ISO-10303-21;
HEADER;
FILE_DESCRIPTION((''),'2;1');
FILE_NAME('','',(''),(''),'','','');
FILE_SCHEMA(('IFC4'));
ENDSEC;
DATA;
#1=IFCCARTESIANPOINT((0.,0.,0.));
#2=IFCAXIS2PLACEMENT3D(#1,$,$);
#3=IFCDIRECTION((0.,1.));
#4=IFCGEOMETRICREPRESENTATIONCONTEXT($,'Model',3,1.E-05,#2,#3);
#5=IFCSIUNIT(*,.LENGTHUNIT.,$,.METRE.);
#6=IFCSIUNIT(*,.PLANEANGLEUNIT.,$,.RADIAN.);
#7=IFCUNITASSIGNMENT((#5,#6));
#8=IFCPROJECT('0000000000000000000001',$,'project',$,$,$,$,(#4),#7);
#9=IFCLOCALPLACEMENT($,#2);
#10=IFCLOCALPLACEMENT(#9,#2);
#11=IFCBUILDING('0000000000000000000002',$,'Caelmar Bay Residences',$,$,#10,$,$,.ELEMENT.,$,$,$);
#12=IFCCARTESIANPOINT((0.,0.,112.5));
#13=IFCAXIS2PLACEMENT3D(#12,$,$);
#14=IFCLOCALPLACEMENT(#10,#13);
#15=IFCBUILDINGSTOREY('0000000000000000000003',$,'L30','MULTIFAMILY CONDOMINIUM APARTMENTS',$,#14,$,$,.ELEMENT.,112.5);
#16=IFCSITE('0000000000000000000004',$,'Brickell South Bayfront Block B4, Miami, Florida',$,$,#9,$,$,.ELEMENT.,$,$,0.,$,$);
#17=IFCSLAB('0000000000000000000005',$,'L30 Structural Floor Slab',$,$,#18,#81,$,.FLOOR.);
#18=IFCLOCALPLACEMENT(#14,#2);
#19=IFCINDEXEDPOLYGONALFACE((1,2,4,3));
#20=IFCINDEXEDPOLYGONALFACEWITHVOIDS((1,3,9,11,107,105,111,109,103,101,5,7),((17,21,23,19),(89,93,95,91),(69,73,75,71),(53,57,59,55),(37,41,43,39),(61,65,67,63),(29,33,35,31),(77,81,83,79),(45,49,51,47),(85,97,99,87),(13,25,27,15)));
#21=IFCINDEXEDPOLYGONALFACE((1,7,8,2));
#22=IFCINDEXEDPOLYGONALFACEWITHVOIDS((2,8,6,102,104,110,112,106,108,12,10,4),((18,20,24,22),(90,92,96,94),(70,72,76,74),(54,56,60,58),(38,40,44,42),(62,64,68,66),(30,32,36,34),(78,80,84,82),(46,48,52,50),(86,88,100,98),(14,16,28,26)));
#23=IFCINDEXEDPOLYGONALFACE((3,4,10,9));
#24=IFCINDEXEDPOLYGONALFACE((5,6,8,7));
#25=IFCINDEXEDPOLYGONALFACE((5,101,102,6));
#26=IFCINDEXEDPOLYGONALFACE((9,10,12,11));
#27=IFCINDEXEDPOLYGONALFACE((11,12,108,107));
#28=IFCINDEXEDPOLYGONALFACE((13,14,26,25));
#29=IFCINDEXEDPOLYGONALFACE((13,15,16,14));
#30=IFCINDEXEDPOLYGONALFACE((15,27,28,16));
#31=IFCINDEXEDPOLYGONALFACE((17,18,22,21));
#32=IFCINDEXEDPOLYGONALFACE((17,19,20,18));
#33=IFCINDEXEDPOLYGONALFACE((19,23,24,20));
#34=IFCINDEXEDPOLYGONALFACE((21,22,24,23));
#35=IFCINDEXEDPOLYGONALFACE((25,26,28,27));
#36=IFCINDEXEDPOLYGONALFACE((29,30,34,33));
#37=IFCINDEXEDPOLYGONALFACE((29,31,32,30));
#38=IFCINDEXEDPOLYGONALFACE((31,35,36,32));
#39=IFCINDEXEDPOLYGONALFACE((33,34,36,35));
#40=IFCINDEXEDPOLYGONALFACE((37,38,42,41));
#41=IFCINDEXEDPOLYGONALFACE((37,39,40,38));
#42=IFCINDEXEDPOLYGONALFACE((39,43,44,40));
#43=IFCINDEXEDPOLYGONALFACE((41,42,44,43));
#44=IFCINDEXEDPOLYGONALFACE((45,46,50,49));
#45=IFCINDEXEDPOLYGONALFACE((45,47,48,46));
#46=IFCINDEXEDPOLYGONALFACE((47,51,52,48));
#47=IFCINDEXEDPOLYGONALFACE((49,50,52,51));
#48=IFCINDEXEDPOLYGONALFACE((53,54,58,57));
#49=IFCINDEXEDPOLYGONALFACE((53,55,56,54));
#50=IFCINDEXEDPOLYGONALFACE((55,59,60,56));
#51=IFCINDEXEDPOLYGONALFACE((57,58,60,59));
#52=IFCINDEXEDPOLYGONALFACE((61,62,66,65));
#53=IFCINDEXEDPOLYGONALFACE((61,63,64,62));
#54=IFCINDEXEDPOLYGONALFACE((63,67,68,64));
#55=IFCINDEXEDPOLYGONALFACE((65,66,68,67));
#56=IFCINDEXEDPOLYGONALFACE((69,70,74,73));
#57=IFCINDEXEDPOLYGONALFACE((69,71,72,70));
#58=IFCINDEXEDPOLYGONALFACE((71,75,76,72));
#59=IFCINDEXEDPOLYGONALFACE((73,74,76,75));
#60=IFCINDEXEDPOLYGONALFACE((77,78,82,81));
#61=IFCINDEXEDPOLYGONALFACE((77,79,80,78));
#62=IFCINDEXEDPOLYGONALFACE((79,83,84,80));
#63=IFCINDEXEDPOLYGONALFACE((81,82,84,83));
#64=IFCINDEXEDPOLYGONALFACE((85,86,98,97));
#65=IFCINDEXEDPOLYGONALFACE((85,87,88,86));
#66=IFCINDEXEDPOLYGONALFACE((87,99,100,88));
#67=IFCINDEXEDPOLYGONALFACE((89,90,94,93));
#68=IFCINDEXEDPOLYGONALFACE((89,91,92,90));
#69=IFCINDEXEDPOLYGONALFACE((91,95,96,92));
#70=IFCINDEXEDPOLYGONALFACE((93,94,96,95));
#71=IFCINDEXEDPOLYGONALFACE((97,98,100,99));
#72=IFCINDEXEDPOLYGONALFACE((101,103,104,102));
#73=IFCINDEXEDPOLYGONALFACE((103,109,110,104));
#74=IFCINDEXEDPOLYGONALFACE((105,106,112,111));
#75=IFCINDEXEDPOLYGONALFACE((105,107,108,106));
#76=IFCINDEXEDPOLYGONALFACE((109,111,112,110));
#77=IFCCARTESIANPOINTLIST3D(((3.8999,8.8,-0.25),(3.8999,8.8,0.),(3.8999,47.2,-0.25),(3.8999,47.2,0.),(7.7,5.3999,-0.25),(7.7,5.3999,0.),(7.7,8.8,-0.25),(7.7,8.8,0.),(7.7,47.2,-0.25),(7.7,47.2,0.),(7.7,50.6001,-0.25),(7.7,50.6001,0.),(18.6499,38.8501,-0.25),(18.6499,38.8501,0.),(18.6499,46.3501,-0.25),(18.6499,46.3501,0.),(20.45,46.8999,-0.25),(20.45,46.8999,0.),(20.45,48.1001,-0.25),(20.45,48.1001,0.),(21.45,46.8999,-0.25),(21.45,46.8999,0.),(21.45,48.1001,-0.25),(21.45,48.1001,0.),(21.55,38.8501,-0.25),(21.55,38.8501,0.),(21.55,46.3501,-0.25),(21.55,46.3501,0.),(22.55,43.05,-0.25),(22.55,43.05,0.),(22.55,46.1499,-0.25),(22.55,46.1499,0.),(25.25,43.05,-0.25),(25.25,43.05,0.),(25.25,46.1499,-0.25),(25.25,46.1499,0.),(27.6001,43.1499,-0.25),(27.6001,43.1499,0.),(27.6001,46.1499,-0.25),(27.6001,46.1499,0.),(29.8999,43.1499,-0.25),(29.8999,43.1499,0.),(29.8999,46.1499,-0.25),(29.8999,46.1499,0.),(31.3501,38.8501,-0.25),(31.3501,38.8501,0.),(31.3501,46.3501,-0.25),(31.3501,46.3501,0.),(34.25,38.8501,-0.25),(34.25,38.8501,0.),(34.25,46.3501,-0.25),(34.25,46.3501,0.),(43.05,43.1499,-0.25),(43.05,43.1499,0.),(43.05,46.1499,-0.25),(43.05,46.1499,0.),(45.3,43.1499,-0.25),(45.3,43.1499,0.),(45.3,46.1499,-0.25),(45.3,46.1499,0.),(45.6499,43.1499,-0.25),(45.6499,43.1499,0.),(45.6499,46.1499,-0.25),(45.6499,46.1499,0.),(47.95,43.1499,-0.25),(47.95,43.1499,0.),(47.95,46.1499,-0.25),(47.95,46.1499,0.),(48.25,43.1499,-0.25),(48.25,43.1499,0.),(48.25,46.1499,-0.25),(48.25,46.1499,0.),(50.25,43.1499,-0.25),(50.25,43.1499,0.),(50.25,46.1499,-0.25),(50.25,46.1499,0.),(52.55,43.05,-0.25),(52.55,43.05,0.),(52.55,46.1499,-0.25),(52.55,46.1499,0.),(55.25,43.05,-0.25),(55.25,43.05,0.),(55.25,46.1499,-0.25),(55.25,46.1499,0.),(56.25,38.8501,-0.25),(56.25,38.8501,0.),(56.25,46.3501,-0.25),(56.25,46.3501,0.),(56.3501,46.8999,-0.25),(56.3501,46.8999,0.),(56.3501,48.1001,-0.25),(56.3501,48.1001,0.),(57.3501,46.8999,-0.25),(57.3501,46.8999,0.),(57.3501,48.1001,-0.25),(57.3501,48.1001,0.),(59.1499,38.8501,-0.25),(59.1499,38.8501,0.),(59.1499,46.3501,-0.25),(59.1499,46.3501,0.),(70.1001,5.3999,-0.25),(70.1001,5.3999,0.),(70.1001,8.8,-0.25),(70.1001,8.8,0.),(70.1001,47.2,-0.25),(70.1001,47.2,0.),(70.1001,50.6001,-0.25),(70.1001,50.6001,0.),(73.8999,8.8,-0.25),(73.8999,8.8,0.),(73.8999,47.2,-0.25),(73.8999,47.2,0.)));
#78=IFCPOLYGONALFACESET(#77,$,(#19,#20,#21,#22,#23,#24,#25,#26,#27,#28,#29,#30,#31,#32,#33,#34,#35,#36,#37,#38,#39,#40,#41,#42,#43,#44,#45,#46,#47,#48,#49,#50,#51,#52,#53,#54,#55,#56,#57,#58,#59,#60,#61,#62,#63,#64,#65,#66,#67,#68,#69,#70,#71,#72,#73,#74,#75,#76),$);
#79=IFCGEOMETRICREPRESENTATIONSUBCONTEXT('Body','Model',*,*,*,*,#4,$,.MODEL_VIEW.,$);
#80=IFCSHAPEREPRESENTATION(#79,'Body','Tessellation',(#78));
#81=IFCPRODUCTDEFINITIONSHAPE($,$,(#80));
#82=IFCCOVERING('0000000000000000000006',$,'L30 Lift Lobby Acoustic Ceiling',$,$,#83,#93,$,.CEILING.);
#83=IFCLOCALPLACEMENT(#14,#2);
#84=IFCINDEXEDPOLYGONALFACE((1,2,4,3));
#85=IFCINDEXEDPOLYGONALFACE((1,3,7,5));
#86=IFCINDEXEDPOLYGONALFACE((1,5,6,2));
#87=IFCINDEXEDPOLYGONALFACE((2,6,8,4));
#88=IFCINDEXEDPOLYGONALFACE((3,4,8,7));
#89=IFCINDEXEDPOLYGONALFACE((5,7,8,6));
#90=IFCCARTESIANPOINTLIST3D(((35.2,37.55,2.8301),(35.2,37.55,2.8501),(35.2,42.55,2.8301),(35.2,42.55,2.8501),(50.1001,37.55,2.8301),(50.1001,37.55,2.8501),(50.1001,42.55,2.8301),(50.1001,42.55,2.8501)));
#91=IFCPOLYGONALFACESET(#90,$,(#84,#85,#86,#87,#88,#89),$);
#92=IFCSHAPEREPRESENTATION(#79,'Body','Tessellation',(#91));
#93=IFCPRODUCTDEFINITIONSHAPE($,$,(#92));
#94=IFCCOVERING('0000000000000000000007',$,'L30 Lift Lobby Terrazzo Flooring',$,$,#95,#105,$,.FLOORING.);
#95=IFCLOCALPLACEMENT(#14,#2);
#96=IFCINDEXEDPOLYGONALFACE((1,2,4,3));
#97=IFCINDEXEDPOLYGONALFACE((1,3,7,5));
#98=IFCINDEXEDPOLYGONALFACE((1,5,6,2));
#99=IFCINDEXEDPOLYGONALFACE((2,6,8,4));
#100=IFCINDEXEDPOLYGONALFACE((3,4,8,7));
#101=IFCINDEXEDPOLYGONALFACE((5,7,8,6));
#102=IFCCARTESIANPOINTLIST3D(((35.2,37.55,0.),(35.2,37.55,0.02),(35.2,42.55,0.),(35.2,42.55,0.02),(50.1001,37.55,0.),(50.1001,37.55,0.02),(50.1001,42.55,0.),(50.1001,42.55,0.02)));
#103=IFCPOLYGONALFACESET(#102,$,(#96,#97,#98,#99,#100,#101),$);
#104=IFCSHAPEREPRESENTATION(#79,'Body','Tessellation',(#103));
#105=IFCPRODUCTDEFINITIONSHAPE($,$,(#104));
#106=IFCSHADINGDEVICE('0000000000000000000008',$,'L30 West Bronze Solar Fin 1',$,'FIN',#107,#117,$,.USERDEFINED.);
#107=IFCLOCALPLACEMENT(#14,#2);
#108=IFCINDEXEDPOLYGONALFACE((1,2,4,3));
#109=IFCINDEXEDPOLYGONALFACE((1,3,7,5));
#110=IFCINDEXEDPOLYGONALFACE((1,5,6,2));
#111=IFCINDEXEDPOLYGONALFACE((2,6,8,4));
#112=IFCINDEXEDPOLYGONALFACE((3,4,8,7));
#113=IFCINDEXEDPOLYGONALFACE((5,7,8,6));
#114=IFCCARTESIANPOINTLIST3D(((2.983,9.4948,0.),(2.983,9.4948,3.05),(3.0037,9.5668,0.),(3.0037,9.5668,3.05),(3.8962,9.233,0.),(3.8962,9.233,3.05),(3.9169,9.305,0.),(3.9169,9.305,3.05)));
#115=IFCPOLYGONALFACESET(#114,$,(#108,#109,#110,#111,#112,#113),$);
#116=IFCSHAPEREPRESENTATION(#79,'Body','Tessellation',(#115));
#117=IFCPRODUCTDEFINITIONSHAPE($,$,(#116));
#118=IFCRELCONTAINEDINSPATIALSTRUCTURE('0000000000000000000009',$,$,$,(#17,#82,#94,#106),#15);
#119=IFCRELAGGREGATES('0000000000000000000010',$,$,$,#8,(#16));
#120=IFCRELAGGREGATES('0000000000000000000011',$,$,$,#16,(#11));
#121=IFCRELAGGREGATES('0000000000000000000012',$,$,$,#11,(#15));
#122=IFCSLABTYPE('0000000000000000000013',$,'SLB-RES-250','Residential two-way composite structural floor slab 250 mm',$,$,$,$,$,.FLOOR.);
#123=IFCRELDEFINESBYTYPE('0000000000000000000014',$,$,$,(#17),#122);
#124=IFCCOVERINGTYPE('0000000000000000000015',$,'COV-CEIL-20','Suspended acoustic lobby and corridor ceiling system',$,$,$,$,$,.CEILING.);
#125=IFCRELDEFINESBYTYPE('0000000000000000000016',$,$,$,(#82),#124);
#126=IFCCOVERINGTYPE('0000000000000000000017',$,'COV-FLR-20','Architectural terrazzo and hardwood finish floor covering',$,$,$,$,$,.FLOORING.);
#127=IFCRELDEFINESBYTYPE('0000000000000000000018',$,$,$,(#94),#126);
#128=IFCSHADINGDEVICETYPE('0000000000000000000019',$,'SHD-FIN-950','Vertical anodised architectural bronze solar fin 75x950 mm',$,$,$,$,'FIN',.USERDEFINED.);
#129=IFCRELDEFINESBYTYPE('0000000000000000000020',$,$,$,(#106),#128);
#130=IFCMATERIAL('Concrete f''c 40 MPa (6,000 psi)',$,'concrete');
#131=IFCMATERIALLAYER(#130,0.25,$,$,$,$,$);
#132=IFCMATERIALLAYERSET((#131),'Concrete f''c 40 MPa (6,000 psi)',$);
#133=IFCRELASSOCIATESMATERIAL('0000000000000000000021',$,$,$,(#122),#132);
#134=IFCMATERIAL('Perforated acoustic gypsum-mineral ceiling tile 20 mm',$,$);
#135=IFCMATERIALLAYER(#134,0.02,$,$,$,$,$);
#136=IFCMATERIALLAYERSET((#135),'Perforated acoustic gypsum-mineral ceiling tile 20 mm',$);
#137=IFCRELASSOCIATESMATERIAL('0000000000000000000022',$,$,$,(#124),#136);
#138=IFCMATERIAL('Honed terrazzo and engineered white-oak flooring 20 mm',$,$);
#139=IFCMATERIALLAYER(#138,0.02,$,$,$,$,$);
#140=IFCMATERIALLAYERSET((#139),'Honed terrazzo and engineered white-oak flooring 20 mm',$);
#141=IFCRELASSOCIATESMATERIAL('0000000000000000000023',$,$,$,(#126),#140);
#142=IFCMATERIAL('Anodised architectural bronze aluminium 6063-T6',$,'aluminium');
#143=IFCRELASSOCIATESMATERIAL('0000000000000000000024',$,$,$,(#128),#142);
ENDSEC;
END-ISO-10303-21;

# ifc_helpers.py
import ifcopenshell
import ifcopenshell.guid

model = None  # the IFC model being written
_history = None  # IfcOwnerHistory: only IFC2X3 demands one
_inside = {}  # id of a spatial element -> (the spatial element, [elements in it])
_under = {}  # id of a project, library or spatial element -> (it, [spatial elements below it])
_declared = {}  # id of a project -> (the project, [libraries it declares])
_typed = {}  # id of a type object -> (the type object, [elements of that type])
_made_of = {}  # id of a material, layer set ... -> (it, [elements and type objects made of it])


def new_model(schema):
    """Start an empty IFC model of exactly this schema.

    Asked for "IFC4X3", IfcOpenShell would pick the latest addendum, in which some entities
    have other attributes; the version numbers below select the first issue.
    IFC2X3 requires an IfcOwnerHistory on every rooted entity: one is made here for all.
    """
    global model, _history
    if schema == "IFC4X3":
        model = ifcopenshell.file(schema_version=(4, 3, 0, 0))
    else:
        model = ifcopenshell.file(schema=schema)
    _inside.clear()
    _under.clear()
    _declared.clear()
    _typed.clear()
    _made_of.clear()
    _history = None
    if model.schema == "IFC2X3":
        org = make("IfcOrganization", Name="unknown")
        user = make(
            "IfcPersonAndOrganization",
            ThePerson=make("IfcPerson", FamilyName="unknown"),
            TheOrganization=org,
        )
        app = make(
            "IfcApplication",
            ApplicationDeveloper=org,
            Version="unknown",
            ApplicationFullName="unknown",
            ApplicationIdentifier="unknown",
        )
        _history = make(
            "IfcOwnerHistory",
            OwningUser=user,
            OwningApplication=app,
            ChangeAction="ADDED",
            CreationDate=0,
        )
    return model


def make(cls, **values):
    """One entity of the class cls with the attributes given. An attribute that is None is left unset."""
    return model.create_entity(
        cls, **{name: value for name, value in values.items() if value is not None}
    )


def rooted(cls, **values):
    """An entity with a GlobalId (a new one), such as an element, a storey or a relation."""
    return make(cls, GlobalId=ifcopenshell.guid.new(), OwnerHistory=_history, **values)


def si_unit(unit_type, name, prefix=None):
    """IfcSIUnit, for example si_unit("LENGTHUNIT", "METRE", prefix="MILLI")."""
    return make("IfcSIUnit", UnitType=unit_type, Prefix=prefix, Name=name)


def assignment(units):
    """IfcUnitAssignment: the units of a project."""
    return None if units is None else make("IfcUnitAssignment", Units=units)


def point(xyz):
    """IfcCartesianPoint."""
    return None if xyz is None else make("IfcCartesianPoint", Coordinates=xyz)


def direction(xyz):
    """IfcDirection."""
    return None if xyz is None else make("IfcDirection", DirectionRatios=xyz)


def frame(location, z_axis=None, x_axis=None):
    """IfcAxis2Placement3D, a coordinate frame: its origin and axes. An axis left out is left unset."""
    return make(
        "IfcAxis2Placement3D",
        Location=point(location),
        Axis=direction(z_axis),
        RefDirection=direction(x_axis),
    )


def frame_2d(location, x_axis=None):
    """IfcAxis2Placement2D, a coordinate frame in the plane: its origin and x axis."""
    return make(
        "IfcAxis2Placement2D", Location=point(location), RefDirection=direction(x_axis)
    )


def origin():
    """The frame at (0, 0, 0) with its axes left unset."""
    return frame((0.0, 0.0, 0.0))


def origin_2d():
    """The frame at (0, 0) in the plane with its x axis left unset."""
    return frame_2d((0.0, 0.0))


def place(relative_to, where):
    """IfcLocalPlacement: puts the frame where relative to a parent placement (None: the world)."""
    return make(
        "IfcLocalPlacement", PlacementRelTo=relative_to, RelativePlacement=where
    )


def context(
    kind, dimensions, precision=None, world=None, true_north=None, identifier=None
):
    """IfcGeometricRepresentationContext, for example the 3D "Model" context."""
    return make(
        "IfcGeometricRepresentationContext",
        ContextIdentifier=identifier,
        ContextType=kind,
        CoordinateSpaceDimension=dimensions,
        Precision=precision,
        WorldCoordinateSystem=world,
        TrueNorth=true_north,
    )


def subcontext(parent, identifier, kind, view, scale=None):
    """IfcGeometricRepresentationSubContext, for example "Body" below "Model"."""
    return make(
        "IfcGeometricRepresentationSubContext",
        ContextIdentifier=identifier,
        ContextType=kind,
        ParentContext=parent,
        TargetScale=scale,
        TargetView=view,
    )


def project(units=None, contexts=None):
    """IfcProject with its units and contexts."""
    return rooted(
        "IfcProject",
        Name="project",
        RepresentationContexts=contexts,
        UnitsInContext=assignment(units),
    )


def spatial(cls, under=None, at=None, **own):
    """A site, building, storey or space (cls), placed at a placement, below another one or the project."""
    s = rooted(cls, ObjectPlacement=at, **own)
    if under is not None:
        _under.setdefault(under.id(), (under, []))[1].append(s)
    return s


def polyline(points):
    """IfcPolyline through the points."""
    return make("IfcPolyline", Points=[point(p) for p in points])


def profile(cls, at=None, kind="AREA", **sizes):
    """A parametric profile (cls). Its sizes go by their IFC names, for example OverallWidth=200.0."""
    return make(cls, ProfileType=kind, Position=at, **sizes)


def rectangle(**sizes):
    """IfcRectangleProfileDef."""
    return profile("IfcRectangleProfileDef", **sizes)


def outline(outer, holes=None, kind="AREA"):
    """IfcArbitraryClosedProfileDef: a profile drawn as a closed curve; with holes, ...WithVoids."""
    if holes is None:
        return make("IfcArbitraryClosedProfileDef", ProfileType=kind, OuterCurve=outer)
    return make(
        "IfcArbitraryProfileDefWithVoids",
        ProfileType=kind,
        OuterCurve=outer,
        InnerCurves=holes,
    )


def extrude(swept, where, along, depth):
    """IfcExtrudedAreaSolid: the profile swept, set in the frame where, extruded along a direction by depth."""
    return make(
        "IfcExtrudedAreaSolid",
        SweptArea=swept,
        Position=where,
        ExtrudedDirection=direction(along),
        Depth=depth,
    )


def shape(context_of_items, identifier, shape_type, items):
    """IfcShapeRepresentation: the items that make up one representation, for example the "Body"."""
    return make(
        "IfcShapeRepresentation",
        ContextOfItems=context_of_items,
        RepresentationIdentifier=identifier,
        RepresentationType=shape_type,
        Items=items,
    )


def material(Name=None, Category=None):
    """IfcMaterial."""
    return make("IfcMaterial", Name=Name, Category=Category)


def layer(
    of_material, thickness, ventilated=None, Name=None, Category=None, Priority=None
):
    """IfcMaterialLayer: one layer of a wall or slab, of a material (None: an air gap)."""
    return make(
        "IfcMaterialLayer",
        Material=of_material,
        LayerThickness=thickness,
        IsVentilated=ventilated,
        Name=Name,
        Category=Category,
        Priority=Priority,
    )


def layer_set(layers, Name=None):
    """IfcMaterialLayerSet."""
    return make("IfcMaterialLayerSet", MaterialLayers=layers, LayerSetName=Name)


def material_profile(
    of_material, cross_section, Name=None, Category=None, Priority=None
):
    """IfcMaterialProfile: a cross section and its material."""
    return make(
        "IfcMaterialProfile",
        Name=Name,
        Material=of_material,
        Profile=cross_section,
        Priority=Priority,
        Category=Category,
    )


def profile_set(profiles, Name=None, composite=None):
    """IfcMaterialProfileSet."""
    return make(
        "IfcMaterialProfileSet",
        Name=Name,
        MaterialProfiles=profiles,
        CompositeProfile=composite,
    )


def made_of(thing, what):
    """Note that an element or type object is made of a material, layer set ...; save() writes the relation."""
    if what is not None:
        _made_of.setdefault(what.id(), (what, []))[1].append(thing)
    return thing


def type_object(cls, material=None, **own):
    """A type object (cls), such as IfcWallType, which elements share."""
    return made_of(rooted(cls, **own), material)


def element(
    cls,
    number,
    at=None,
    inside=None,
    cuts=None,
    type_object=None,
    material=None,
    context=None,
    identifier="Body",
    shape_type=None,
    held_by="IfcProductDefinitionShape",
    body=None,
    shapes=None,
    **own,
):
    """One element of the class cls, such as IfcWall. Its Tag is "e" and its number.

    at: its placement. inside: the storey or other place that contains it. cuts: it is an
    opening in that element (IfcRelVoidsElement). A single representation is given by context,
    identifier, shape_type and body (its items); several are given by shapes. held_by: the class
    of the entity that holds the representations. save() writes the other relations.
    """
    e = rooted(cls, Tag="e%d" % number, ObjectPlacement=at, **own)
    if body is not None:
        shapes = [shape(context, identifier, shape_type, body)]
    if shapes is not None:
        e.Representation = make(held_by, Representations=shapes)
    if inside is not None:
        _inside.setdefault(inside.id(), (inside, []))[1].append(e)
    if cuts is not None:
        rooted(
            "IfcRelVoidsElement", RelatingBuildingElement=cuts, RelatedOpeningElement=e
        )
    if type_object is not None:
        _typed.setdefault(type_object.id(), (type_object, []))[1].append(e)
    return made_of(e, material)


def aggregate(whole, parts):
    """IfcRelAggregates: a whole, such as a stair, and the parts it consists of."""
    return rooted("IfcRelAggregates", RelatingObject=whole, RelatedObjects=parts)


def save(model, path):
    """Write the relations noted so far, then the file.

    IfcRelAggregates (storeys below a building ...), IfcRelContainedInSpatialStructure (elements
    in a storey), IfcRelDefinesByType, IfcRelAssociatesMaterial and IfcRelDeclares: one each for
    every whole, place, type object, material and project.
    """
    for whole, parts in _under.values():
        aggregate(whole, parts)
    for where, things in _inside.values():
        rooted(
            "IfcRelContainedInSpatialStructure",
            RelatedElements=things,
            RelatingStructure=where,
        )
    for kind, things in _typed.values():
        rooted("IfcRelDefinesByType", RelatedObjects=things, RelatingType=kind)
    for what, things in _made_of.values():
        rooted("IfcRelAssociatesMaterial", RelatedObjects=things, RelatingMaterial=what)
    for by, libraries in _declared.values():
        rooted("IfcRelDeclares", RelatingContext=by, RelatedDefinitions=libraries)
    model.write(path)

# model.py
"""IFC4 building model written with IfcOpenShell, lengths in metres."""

from ifc_helpers import new_model, si_unit, direction, frame, origin, origin_2d, place, context, subcontext, project, spatial, polyline, rectangle, outline, extrude, material, layer, layer_set, material_profile, profile_set, type_object, element, save


model = new_model("IFC4")

# Units and contexts
model_context = context("Model", 3, precision=1e-05, world=origin(), true_north=direction((0.0, 1.0)))
body_context = subcontext(model_context, "Body", "Model", "MODEL_VIEW")
ifc_project = project(units=[si_unit("LENGTHUNIT", "METRE"), si_unit("PLANEANGLEUNIT", "RADIAN")], contexts=[model_context])

# Site, building, storey
site_placement = place(None, origin())
site = spatial("IfcSite", under=ifc_project, at=site_placement, Name="Brickell South Bayfront Block B4, Miami, Florida", CompositionType="ELEMENT", RefElevation=0.0)
building_placement = place(site_placement, origin())
building = spatial("IfcBuilding", under=site, at=building_placement, Name="Caelmar Bay Residences", CompositionType="ELEMENT")
storey_placement = place(building_placement, frame((0.0, 0.0, 112.5)))
storey = spatial("IfcBuildingStorey", under=building, at=storey_placement, Name="L30", Description="MULTIFAMILY CONDOMINIUM APARTMENTS", CompositionType="ELEMENT", Elevation=112.5)

# Shared definitions
ifc_material_1 = material(Name="Concrete f'c 40 MPa (6,000 psi)", Category="concrete")

# Slab
ifc_layer_1 = layer(ifc_material_1, 0.25)
ifc_layer_set_1 = layer_set([ifc_layer_1], Name="Concrete f'c 40 MPa (6,000 psi)")
slab_type_1 = type_object("IfcSlabType", Name="SLB-RES-250", Description="Residential two-way composite structural floor slab 250 mm", PredefinedType="FLOOR", material=ifc_layer_set_1)
slab_1_placement = place(storey_placement, frame((0.0, 0.0, -0.25)))
element("IfcSlab", 1, at=slab_1_placement, inside=storey, type_object=slab_type_1, Name="L30 Structural Floor Slab", PredefinedType="FLOOR", context=body_context, shape_type="SweptSolid", body=[
    extrude(outline(polyline([(7.7, 5.3999), (70.1001, 5.3999), (70.1001, 8.8), (73.8999, 8.8), (73.8999, 47.2), (70.1001, 47.2), (70.1001, 50.6001), (7.7, 50.6001), (7.7, 47.2), (3.8999, 47.2), (3.8999, 8.8), (7.7, 8.8), (7.7, 5.3999)]), holes=[polyline([(18.6499, 38.8501), (21.55, 38.8501), (21.55, 46.3501), (18.6499, 46.3501), (18.6499, 38.8501)]), polyline([(56.25, 38.8501), (59.1499, 38.8501), (59.1499, 46.3501), (56.25, 46.3501), (56.25, 38.8501)]), polyline([(31.3501, 38.8501), (34.25, 38.8501), (34.25, 46.3501), (31.3501, 46.3501), (31.3501, 38.8501)]), polyline([(22.55, 43.05), (25.25, 43.05), (25.25, 46.1499), (22.55, 46.1499), (22.55, 43.05)]), polyline([(52.55, 43.05), (55.25, 43.05), (55.25, 46.1499), (52.55, 46.1499), (52.55, 43.05)]), polyline([(43.05, 43.1499), (45.3, 43.1499), (45.3, 46.1499), (43.05, 46.1499), (43.05, 43.1499)]), polyline([(45.6499, 43.1499), (47.95, 43.1499), (47.95, 46.1499), (45.6499, 46.1499), (45.6499, 43.1499)]), polyline([(48.25, 43.1499), (50.25, 43.1499), (50.25, 46.1499), (48.25, 46.1499), (48.25, 43.1499)]), polyline([(27.6001, 43.1499), (29.8999, 43.1499), (29.8999, 46.1499), (27.6001, 46.1499), (27.6001, 43.1499)]), polyline([(20.45, 46.8999), (21.45, 46.8999), (21.45, 48.1001), (20.45, 48.1001), (20.45, 46.8999)]), polyline([(56.3501, 46.8999), (57.3501, 46.8999), (57.3501, 48.1001), (56.3501, 48.1001), (56.3501, 46.8999)])]), origin(), (0.0, 0.0, 1.0), 0.25),
])

# Coverings
ifc_material_2 = material(Name="Perforated acoustic gypsum-mineral ceiling tile 20 mm")
ifc_layer_2 = layer(ifc_material_2, 0.02)
ifc_layer_set_2 = layer_set([ifc_layer_2], Name="Perforated acoustic gypsum-mineral ceiling tile 20 mm")
covering_type_1 = type_object("IfcCoveringType", Name="COV-CEIL-20", Description="Suspended acoustic lobby and corridor ceiling system", PredefinedType="CEILING", material=ifc_layer_set_2)
covering_1_placement = place(storey_placement, frame((0.0, 0.0, 2.8301)))
element("IfcCovering", 2, at=covering_1_placement, inside=storey, type_object=covering_type_1, Name="L30 Lift Lobby Acoustic Ceiling", PredefinedType="CEILING", context=body_context, shape_type="SweptSolid", body=[
    extrude(outline(polyline([(35.2, 37.55), (50.1001, 37.55), (50.1001, 42.55), (35.2, 42.55), (35.2, 37.55)])), origin(), (0.0, 0.0, 1.0), 0.02),
])
ifc_material_3 = material(Name="Honed terrazzo and engineered white-oak flooring 20 mm")
ifc_layer_3 = layer(ifc_material_3, 0.02)
ifc_layer_set_3 = layer_set([ifc_layer_3], Name="Honed terrazzo and engineered white-oak flooring 20 mm")
covering_type_2 = type_object("IfcCoveringType", Name="COV-FLR-20", Description="Architectural terrazzo and hardwood finish floor covering", PredefinedType="FLOORING", material=ifc_layer_set_3)
covering_2_placement = place(storey_placement, origin())
element("IfcCovering", 3, at=covering_2_placement, inside=storey, type_object=covering_type_2, Name="L30 Lift Lobby Terrazzo Flooring", PredefinedType="FLOORING", context=body_context, shape_type="SweptSolid", body=[
    extrude(outline(polyline([(35.2, 37.55), (50.1001, 37.55), (50.1001, 42.55), (35.2, 42.55), (35.2, 37.55)])), origin(), (0.0, 0.0, 1.0), 0.02),
])

# Shading device
ifc_material_4 = material(Name="Anodised architectural bronze aluminium 6063-T6", Category="aluminium")
ifc_material_profile_1 = material_profile(ifc_material_4, rectangle(XDim=0.075, YDim=0.95, at=origin_2d()), Name="BRONZE-FIN-75X950")
ifc_profile_set_1 = profile_set([ifc_material_profile_1], Name="Anodised architectural bronze aluminium 6063-T6")
shading_device_type = type_object("IfcShadingDeviceType", Name="SHD-FIN-950", Description="Vertical anodised architectural bronze solar fin 75x950 mm", ElementType="FIN", PredefinedType="USERDEFINED", material=ifc_profile_set_1)
shading_device_placement = place(storey_placement, frame((3.45, 9.3999, 0.0), z_axis=(0.0, 0.0, 1.0), x_axis=(0.275637, 0.961262, 0.0)))
element("IfcShadingDevice", 4, at=shading_device_placement, inside=storey, type_object=shading_device_type, Name="L30 West Bronze Solar Fin 1", ObjectType="FIN", PredefinedType="USERDEFINED", context=body_context, shape_type="SweptSolid", body=[
    extrude(rectangle(XDim=0.075, YDim=0.95, at=origin_2d()), origin(), (0.0, 0.0, 1.0), 3.05),
])

save(model, "model.ifc")
